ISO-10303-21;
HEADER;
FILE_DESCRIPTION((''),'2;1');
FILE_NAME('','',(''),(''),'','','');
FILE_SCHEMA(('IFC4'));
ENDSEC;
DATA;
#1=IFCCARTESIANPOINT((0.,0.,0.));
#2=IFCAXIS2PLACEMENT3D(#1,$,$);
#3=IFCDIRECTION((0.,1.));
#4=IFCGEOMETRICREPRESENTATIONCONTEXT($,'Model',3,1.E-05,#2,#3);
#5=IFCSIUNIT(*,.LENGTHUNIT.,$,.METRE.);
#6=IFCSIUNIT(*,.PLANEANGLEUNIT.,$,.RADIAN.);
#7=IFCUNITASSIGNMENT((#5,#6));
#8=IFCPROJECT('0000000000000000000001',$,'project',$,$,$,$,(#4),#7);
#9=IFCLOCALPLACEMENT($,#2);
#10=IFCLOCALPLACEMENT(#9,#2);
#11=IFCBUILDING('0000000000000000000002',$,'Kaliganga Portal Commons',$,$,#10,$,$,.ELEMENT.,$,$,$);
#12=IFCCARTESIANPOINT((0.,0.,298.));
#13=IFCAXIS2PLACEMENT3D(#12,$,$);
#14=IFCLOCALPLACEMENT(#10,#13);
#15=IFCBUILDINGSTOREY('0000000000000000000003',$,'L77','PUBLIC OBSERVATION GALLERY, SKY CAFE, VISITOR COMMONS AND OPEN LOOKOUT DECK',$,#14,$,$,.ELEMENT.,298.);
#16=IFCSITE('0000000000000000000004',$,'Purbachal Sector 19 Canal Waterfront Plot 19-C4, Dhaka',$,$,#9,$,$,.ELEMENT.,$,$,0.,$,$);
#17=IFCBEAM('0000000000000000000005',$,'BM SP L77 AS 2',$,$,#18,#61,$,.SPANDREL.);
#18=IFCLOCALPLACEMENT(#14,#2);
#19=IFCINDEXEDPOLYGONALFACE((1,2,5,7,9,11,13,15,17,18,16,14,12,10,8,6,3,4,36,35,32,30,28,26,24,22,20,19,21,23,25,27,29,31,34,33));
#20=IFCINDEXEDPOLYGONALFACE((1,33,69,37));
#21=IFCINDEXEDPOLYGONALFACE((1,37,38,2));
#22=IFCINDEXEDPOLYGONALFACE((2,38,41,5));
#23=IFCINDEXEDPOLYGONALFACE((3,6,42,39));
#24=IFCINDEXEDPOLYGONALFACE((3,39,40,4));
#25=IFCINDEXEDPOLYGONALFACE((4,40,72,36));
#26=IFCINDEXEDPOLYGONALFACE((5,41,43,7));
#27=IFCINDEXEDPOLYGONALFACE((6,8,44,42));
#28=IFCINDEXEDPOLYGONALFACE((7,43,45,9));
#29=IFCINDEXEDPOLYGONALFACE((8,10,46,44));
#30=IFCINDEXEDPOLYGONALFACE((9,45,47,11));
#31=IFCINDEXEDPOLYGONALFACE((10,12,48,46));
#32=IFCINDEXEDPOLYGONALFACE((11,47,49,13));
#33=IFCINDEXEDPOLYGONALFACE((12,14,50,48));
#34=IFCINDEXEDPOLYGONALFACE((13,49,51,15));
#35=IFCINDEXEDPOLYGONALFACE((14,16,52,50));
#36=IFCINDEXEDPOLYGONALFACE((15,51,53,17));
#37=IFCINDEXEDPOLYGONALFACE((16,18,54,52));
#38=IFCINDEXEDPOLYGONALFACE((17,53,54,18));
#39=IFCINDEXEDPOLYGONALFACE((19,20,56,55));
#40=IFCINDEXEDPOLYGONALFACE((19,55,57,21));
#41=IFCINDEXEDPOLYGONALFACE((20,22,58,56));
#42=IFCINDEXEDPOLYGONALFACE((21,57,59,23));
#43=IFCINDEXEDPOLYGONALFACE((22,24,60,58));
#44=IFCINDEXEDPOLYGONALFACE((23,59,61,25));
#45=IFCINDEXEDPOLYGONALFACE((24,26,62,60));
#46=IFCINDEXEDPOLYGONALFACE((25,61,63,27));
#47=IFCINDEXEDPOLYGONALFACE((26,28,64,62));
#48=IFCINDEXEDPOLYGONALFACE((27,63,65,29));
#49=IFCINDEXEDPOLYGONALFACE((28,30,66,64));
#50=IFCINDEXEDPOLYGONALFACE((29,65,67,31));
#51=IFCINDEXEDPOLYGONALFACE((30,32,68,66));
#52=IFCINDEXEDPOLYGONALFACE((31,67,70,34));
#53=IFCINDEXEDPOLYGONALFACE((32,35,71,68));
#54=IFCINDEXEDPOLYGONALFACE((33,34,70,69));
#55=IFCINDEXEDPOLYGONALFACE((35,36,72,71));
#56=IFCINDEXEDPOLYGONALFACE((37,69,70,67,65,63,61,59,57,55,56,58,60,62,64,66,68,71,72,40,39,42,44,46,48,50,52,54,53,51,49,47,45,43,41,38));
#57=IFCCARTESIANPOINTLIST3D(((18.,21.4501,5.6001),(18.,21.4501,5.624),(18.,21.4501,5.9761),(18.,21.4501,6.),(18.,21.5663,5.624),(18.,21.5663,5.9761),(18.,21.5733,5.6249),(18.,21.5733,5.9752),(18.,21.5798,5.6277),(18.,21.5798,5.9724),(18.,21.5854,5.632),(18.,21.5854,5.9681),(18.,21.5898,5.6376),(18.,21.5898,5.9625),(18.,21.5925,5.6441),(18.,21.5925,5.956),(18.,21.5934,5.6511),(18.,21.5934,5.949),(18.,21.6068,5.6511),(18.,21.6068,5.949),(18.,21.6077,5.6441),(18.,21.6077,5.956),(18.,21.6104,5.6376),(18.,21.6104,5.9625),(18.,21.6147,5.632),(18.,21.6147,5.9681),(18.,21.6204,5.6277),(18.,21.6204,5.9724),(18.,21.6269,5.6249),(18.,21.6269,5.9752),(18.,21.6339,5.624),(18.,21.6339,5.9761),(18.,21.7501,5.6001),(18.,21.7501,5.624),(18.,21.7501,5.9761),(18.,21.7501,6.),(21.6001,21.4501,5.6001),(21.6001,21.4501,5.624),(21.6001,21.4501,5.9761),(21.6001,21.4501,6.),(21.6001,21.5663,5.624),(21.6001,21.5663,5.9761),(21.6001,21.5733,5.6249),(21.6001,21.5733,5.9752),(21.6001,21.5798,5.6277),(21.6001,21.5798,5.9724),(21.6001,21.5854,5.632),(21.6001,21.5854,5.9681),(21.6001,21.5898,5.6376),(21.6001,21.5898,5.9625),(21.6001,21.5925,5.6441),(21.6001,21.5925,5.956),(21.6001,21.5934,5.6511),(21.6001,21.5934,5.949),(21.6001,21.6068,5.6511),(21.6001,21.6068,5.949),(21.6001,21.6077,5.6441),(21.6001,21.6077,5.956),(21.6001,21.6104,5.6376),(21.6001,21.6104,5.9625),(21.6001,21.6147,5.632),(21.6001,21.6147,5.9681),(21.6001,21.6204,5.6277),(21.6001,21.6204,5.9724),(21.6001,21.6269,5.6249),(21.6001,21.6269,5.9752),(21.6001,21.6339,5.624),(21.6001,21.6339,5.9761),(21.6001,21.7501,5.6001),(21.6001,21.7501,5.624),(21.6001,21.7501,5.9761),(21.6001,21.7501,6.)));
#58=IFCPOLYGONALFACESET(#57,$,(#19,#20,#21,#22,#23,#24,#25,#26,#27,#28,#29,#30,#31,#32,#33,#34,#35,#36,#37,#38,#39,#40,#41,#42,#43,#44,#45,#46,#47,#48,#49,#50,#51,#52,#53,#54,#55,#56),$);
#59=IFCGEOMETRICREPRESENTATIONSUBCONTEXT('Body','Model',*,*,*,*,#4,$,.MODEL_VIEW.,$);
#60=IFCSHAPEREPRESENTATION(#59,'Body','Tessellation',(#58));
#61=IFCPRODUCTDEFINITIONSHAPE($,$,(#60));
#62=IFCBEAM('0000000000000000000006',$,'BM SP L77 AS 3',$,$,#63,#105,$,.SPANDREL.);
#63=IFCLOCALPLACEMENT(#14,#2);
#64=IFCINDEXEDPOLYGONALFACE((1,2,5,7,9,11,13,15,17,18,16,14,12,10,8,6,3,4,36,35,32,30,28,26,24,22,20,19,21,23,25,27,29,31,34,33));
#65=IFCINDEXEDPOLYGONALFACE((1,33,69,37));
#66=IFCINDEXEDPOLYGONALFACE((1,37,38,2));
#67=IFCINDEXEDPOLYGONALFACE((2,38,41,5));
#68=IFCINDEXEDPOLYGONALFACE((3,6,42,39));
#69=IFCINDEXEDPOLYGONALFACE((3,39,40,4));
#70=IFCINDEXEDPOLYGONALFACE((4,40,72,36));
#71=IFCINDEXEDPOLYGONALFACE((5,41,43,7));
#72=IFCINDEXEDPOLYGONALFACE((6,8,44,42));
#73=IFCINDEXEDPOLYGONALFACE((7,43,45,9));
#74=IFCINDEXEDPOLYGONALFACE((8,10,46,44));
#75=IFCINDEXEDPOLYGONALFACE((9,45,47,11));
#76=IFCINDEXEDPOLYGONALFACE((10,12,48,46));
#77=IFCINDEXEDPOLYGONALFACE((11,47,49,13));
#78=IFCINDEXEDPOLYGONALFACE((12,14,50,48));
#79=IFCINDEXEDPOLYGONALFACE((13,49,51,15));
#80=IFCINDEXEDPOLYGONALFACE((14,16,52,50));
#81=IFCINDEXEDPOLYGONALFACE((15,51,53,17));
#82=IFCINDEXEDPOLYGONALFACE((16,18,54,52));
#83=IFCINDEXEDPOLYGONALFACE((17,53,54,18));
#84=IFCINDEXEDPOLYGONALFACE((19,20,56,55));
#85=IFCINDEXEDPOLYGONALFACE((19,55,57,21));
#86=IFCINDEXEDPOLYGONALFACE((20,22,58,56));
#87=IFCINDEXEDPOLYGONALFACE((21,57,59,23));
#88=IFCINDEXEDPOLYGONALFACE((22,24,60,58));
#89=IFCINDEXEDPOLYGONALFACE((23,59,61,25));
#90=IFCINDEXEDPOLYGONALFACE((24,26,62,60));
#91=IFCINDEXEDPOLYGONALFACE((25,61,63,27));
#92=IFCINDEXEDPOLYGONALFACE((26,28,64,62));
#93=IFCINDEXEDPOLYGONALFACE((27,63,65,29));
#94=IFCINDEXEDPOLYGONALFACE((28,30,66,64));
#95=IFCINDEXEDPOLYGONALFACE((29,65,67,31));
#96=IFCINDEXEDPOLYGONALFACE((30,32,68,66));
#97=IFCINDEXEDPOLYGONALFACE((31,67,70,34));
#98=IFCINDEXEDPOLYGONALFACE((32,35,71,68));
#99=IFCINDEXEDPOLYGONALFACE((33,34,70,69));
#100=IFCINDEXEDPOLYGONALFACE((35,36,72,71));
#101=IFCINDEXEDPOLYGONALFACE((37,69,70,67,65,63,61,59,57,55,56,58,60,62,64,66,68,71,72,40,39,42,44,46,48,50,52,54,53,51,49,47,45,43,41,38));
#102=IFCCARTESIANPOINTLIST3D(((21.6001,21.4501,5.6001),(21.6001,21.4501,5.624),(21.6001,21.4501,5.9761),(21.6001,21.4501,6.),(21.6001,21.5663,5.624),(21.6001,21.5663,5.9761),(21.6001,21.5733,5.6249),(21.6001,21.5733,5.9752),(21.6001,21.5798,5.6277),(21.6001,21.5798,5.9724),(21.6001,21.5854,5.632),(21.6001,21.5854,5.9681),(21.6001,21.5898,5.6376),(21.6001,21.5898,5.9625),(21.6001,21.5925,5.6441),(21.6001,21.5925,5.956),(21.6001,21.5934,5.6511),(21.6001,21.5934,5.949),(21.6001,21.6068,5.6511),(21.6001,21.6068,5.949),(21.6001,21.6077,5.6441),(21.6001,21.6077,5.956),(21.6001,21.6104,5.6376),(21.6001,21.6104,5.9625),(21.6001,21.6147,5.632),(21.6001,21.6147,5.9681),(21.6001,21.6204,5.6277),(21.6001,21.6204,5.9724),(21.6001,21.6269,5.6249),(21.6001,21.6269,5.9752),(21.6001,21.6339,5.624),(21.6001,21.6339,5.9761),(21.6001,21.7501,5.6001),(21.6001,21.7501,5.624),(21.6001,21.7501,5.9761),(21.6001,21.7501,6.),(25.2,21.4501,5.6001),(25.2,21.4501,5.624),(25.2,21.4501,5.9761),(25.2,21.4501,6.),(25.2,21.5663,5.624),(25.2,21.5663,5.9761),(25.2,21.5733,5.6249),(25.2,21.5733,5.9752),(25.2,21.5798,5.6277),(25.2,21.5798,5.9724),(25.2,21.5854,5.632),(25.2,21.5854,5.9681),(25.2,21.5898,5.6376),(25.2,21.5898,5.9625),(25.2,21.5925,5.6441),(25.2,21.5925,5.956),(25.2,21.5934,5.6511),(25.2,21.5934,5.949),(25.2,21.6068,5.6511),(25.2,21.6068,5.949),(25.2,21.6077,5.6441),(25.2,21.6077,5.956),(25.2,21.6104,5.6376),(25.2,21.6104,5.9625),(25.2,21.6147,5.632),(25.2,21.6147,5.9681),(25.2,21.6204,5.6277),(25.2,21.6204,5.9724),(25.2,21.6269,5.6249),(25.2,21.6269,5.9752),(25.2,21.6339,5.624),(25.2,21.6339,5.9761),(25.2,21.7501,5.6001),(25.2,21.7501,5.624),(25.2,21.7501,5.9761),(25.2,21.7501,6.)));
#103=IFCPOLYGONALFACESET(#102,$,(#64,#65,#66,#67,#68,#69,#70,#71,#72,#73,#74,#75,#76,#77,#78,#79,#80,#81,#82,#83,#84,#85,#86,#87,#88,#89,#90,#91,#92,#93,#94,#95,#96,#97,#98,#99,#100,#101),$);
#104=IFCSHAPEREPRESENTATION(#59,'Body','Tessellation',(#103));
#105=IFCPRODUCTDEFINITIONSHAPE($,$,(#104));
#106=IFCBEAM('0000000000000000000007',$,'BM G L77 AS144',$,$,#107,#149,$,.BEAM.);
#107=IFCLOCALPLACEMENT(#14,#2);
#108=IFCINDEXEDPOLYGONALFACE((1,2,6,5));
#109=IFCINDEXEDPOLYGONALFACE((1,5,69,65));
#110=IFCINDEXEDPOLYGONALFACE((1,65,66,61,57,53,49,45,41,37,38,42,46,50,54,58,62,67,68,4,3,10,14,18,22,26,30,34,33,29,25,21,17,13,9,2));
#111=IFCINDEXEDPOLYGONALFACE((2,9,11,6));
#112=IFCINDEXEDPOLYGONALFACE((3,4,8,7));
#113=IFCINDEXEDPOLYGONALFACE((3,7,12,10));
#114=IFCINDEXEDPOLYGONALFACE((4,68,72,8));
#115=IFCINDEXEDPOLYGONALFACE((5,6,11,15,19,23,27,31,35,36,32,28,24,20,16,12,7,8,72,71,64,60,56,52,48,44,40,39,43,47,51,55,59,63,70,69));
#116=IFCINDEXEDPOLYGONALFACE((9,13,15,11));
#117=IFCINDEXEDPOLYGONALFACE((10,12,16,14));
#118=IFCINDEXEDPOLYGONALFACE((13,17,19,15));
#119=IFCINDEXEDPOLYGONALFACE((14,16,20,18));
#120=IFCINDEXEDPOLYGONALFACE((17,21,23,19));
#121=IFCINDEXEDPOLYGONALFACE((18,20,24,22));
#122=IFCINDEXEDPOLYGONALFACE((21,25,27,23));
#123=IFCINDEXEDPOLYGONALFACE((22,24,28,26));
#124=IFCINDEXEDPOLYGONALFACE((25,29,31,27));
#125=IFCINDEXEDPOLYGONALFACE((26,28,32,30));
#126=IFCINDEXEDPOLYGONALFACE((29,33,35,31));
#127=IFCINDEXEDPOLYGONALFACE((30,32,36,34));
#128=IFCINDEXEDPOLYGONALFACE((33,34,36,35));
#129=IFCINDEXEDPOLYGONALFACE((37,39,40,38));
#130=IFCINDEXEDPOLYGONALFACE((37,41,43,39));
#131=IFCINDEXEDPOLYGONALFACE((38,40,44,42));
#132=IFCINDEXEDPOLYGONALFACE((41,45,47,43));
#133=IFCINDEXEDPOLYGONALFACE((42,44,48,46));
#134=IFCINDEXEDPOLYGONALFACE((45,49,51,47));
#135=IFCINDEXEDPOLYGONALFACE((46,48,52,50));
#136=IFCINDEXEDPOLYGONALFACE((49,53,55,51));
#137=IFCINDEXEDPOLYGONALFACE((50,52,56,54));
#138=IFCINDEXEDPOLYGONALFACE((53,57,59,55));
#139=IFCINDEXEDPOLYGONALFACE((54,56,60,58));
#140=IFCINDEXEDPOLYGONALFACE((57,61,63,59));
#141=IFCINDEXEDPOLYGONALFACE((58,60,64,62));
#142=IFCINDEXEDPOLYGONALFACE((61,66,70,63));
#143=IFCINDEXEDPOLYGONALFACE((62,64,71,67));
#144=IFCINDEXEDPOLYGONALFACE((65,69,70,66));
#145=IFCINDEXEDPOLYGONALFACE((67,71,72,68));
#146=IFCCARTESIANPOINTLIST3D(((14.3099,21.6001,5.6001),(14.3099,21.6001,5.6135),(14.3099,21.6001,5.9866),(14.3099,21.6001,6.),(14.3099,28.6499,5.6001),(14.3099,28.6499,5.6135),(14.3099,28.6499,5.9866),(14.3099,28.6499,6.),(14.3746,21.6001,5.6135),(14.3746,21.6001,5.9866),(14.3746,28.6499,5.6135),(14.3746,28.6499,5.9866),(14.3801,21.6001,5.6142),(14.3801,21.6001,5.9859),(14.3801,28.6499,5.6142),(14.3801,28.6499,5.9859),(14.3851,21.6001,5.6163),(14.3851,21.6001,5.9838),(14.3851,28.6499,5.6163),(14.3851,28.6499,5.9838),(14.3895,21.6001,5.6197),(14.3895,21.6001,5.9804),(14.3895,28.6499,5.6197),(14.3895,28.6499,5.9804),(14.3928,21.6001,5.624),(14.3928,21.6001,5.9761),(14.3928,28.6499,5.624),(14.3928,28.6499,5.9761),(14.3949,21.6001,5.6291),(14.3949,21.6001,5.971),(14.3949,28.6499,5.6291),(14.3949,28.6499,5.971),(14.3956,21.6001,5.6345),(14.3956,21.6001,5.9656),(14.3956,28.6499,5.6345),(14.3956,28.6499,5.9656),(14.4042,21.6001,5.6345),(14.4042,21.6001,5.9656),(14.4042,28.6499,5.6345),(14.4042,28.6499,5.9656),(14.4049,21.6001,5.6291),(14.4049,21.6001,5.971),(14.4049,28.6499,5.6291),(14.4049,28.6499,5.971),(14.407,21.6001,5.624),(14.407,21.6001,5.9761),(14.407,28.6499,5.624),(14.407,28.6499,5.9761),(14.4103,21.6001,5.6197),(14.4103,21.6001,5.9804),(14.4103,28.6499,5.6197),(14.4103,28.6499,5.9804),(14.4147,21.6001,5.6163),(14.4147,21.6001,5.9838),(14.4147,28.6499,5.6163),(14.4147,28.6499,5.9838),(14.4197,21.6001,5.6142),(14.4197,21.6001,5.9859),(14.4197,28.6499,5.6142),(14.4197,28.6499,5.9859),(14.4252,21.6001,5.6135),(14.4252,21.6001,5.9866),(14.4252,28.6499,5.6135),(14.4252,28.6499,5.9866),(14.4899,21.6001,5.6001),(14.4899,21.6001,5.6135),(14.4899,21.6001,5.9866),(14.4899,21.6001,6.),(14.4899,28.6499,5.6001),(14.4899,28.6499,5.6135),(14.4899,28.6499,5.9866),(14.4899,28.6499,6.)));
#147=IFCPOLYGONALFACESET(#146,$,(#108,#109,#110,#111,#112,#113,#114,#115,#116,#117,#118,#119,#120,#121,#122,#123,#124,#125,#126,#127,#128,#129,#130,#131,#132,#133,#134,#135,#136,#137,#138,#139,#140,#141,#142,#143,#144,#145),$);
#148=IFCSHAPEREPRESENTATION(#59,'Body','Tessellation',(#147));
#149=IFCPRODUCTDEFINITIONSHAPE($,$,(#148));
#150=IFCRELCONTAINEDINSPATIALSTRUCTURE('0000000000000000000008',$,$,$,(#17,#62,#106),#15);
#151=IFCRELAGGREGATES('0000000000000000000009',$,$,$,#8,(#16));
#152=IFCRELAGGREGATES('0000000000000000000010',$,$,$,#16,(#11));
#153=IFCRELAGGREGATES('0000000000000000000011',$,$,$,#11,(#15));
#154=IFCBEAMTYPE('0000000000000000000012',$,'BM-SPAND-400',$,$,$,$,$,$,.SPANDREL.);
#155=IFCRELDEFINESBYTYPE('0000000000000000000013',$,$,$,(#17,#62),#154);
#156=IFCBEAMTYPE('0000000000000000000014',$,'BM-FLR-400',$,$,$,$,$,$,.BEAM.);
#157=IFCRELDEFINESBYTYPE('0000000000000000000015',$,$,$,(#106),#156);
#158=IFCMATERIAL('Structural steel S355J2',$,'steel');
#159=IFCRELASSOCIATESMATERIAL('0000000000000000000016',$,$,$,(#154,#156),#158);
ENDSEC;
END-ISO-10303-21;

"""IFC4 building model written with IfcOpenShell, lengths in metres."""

from ifc_helpers import new_model, si_unit, direction, frame, origin, origin_2d, place, context, subcontext, project, spatial, i_section, extrude, source, transform, mapped, material, material_profile, profile_set, type_object, element, save


model = new_model("IFC4")

# Units and contexts
model_context = context("Model", 3, precision=1e-05, world=origin(), true_north=direction((0.0, 1.0)))
body_context = subcontext(model_context, "Body", "Model", "MODEL_VIEW")
ifc_project = project(units=[si_unit("LENGTHUNIT", "METRE"), si_unit("PLANEANGLEUNIT", "RADIAN")], contexts=[model_context])

# Site, building, storey
site_placement = place(None, origin())
site = spatial("IfcSite", under=ifc_project, at=site_placement, Name="Purbachal Sector 19 Canal Waterfront Plot 19-C4, Dhaka", CompositionType="ELEMENT", RefElevation=0.0)
building_placement = place(site_placement, origin())
building = spatial("IfcBuilding", under=site, at=building_placement, Name="Kaliganga Portal Commons", CompositionType="ELEMENT")
storey_placement = place(building_placement, frame((0.0, 0.0, 298.0)))
storey = spatial("IfcBuildingStorey", under=building, at=storey_placement, Name="L77", Description="PUBLIC OBSERVATION GALLERY, SKY CAFE, VISITOR COMMONS AND OPEN LOOKOUT DECK", CompositionType="ELEMENT", Elevation=298.0)

# Beams
ifc_material_1 = material(Name="Structural steel S355J2", Category="steel")
ifc_material_profile_1 = material_profile(ifc_material_1, i_section(OverallWidth=0.3, OverallDepth=0.3999, WebThickness=0.0134, FlangeThickness=0.0239, FilletRadius=0.0271, at=origin_2d()), Name="HE 400 B")
ifc_profile_set_1 = profile_set([ifc_material_profile_1], Name="Structural steel S355J2 wide-flange")
beam_type_1 = type_object("IfcBeamType", Name="BM-SPAND-400", PredefinedType="SPANDREL", material=ifc_profile_set_1)
shared_shape_1 = source(origin(), body_context, "Body", "SweptSolid", [
    extrude(i_section(OverallWidth=0.3, OverallDepth=0.3999, WebThickness=0.0134, FlangeThickness=0.0239, FilletRadius=0.0271, at=origin_2d()), origin(), (0.0, 0.0, 1.0), 3.6001),
])
for number, where, z_axis, x_axis, name in (
    (1, (18.0, 21.6001, 5.8), (1.0, 0.0, 0.0), (0.0, 1.0, 0.0), "BM SP L77 AS 2"),
):
    element("IfcBeam", number, at=place(storey_placement, frame(where, z_axis=z_axis, x_axis=x_axis)), inside=storey, type_object=beam_type_1, Name=name, PredefinedType="SPANDREL", context=body_context, shape_type="MappedRepresentation", body=[
        mapped(shared_shape_1, transform((0.0, 0.0, 0.0), x_axis=(1.0, 0.0, 0.0), y_axis=(0.0, 1.0, 0.0), z_axis=(0.0, 0.0, 1.0), scale=1.0)),
    ])
shared_shape_2 = source(origin(), body_context, "Body", "SweptSolid", [
    extrude(i_section(OverallWidth=0.3, OverallDepth=0.3999, WebThickness=0.0134, FlangeThickness=0.0239, FilletRadius=0.0271, at=origin_2d()), origin(), (0.0, 0.0, 1.0), 3.5999),
])
beam_1_placement = place(storey_placement, frame((21.6001, 21.6001, 5.8), z_axis=(1.0, 0.0, 0.0), x_axis=(0.0, 1.0, 0.0)))
element("IfcBeam", 2, at=beam_1_placement, inside=storey, type_object=beam_type_1, Name="BM SP L77 AS 3", PredefinedType="SPANDREL", context=body_context, shape_type="MappedRepresentation", body=[
    mapped(shared_shape_2, transform((0.0, 0.0, 0.0), x_axis=(1.0, 0.0, 0.0), y_axis=(0.0, 1.0, 0.0), z_axis=(0.0, 0.0, 1.0), scale=1.0)),
])
ifc_material_profile_2 = material_profile(ifc_material_1, i_section(OverallWidth=0.1799, OverallDepth=0.3999, WebThickness=0.0085, FlangeThickness=0.0134, FilletRadius=0.021, at=origin_2d()), Name="IPE 400")
ifc_profile_set_2 = profile_set([ifc_material_profile_2], Name="Structural steel S355J2 wide-flange")
beam_type_2 = type_object("IfcBeamType", Name="BM-FLR-400", PredefinedType="BEAM", material=ifc_profile_set_2)
shared_shape_3 = source(origin(), body_context, "Body", "SweptSolid", [
    extrude(i_section(OverallWidth=0.1799, OverallDepth=0.3999, WebThickness=0.0085, FlangeThickness=0.0134, FilletRadius=0.021, at=origin_2d()), origin(), (0.0, 0.0, 1.0), 7.0498),
])
beam_2_placement = place(storey_placement, frame((14.3999, 21.6001, 5.8), z_axis=(0.0, 1.0, 0.0), x_axis=(-1.0, 0.0, 0.0)))
element("IfcBeam", 3, at=beam_2_placement, inside=storey, type_object=beam_type_2, Name="BM G L77 AS144", PredefinedType="BEAM", context=body_context, shape_type="MappedRepresentation", body=[
    mapped(shared_shape_3, transform((0.0, 0.0, 0.0), x_axis=(1.0, 0.0, 0.0), y_axis=(0.0, 1.0, 0.0), z_axis=(0.0, 0.0, 1.0), scale=1.0)),
])

save(model, "model.ifc")
